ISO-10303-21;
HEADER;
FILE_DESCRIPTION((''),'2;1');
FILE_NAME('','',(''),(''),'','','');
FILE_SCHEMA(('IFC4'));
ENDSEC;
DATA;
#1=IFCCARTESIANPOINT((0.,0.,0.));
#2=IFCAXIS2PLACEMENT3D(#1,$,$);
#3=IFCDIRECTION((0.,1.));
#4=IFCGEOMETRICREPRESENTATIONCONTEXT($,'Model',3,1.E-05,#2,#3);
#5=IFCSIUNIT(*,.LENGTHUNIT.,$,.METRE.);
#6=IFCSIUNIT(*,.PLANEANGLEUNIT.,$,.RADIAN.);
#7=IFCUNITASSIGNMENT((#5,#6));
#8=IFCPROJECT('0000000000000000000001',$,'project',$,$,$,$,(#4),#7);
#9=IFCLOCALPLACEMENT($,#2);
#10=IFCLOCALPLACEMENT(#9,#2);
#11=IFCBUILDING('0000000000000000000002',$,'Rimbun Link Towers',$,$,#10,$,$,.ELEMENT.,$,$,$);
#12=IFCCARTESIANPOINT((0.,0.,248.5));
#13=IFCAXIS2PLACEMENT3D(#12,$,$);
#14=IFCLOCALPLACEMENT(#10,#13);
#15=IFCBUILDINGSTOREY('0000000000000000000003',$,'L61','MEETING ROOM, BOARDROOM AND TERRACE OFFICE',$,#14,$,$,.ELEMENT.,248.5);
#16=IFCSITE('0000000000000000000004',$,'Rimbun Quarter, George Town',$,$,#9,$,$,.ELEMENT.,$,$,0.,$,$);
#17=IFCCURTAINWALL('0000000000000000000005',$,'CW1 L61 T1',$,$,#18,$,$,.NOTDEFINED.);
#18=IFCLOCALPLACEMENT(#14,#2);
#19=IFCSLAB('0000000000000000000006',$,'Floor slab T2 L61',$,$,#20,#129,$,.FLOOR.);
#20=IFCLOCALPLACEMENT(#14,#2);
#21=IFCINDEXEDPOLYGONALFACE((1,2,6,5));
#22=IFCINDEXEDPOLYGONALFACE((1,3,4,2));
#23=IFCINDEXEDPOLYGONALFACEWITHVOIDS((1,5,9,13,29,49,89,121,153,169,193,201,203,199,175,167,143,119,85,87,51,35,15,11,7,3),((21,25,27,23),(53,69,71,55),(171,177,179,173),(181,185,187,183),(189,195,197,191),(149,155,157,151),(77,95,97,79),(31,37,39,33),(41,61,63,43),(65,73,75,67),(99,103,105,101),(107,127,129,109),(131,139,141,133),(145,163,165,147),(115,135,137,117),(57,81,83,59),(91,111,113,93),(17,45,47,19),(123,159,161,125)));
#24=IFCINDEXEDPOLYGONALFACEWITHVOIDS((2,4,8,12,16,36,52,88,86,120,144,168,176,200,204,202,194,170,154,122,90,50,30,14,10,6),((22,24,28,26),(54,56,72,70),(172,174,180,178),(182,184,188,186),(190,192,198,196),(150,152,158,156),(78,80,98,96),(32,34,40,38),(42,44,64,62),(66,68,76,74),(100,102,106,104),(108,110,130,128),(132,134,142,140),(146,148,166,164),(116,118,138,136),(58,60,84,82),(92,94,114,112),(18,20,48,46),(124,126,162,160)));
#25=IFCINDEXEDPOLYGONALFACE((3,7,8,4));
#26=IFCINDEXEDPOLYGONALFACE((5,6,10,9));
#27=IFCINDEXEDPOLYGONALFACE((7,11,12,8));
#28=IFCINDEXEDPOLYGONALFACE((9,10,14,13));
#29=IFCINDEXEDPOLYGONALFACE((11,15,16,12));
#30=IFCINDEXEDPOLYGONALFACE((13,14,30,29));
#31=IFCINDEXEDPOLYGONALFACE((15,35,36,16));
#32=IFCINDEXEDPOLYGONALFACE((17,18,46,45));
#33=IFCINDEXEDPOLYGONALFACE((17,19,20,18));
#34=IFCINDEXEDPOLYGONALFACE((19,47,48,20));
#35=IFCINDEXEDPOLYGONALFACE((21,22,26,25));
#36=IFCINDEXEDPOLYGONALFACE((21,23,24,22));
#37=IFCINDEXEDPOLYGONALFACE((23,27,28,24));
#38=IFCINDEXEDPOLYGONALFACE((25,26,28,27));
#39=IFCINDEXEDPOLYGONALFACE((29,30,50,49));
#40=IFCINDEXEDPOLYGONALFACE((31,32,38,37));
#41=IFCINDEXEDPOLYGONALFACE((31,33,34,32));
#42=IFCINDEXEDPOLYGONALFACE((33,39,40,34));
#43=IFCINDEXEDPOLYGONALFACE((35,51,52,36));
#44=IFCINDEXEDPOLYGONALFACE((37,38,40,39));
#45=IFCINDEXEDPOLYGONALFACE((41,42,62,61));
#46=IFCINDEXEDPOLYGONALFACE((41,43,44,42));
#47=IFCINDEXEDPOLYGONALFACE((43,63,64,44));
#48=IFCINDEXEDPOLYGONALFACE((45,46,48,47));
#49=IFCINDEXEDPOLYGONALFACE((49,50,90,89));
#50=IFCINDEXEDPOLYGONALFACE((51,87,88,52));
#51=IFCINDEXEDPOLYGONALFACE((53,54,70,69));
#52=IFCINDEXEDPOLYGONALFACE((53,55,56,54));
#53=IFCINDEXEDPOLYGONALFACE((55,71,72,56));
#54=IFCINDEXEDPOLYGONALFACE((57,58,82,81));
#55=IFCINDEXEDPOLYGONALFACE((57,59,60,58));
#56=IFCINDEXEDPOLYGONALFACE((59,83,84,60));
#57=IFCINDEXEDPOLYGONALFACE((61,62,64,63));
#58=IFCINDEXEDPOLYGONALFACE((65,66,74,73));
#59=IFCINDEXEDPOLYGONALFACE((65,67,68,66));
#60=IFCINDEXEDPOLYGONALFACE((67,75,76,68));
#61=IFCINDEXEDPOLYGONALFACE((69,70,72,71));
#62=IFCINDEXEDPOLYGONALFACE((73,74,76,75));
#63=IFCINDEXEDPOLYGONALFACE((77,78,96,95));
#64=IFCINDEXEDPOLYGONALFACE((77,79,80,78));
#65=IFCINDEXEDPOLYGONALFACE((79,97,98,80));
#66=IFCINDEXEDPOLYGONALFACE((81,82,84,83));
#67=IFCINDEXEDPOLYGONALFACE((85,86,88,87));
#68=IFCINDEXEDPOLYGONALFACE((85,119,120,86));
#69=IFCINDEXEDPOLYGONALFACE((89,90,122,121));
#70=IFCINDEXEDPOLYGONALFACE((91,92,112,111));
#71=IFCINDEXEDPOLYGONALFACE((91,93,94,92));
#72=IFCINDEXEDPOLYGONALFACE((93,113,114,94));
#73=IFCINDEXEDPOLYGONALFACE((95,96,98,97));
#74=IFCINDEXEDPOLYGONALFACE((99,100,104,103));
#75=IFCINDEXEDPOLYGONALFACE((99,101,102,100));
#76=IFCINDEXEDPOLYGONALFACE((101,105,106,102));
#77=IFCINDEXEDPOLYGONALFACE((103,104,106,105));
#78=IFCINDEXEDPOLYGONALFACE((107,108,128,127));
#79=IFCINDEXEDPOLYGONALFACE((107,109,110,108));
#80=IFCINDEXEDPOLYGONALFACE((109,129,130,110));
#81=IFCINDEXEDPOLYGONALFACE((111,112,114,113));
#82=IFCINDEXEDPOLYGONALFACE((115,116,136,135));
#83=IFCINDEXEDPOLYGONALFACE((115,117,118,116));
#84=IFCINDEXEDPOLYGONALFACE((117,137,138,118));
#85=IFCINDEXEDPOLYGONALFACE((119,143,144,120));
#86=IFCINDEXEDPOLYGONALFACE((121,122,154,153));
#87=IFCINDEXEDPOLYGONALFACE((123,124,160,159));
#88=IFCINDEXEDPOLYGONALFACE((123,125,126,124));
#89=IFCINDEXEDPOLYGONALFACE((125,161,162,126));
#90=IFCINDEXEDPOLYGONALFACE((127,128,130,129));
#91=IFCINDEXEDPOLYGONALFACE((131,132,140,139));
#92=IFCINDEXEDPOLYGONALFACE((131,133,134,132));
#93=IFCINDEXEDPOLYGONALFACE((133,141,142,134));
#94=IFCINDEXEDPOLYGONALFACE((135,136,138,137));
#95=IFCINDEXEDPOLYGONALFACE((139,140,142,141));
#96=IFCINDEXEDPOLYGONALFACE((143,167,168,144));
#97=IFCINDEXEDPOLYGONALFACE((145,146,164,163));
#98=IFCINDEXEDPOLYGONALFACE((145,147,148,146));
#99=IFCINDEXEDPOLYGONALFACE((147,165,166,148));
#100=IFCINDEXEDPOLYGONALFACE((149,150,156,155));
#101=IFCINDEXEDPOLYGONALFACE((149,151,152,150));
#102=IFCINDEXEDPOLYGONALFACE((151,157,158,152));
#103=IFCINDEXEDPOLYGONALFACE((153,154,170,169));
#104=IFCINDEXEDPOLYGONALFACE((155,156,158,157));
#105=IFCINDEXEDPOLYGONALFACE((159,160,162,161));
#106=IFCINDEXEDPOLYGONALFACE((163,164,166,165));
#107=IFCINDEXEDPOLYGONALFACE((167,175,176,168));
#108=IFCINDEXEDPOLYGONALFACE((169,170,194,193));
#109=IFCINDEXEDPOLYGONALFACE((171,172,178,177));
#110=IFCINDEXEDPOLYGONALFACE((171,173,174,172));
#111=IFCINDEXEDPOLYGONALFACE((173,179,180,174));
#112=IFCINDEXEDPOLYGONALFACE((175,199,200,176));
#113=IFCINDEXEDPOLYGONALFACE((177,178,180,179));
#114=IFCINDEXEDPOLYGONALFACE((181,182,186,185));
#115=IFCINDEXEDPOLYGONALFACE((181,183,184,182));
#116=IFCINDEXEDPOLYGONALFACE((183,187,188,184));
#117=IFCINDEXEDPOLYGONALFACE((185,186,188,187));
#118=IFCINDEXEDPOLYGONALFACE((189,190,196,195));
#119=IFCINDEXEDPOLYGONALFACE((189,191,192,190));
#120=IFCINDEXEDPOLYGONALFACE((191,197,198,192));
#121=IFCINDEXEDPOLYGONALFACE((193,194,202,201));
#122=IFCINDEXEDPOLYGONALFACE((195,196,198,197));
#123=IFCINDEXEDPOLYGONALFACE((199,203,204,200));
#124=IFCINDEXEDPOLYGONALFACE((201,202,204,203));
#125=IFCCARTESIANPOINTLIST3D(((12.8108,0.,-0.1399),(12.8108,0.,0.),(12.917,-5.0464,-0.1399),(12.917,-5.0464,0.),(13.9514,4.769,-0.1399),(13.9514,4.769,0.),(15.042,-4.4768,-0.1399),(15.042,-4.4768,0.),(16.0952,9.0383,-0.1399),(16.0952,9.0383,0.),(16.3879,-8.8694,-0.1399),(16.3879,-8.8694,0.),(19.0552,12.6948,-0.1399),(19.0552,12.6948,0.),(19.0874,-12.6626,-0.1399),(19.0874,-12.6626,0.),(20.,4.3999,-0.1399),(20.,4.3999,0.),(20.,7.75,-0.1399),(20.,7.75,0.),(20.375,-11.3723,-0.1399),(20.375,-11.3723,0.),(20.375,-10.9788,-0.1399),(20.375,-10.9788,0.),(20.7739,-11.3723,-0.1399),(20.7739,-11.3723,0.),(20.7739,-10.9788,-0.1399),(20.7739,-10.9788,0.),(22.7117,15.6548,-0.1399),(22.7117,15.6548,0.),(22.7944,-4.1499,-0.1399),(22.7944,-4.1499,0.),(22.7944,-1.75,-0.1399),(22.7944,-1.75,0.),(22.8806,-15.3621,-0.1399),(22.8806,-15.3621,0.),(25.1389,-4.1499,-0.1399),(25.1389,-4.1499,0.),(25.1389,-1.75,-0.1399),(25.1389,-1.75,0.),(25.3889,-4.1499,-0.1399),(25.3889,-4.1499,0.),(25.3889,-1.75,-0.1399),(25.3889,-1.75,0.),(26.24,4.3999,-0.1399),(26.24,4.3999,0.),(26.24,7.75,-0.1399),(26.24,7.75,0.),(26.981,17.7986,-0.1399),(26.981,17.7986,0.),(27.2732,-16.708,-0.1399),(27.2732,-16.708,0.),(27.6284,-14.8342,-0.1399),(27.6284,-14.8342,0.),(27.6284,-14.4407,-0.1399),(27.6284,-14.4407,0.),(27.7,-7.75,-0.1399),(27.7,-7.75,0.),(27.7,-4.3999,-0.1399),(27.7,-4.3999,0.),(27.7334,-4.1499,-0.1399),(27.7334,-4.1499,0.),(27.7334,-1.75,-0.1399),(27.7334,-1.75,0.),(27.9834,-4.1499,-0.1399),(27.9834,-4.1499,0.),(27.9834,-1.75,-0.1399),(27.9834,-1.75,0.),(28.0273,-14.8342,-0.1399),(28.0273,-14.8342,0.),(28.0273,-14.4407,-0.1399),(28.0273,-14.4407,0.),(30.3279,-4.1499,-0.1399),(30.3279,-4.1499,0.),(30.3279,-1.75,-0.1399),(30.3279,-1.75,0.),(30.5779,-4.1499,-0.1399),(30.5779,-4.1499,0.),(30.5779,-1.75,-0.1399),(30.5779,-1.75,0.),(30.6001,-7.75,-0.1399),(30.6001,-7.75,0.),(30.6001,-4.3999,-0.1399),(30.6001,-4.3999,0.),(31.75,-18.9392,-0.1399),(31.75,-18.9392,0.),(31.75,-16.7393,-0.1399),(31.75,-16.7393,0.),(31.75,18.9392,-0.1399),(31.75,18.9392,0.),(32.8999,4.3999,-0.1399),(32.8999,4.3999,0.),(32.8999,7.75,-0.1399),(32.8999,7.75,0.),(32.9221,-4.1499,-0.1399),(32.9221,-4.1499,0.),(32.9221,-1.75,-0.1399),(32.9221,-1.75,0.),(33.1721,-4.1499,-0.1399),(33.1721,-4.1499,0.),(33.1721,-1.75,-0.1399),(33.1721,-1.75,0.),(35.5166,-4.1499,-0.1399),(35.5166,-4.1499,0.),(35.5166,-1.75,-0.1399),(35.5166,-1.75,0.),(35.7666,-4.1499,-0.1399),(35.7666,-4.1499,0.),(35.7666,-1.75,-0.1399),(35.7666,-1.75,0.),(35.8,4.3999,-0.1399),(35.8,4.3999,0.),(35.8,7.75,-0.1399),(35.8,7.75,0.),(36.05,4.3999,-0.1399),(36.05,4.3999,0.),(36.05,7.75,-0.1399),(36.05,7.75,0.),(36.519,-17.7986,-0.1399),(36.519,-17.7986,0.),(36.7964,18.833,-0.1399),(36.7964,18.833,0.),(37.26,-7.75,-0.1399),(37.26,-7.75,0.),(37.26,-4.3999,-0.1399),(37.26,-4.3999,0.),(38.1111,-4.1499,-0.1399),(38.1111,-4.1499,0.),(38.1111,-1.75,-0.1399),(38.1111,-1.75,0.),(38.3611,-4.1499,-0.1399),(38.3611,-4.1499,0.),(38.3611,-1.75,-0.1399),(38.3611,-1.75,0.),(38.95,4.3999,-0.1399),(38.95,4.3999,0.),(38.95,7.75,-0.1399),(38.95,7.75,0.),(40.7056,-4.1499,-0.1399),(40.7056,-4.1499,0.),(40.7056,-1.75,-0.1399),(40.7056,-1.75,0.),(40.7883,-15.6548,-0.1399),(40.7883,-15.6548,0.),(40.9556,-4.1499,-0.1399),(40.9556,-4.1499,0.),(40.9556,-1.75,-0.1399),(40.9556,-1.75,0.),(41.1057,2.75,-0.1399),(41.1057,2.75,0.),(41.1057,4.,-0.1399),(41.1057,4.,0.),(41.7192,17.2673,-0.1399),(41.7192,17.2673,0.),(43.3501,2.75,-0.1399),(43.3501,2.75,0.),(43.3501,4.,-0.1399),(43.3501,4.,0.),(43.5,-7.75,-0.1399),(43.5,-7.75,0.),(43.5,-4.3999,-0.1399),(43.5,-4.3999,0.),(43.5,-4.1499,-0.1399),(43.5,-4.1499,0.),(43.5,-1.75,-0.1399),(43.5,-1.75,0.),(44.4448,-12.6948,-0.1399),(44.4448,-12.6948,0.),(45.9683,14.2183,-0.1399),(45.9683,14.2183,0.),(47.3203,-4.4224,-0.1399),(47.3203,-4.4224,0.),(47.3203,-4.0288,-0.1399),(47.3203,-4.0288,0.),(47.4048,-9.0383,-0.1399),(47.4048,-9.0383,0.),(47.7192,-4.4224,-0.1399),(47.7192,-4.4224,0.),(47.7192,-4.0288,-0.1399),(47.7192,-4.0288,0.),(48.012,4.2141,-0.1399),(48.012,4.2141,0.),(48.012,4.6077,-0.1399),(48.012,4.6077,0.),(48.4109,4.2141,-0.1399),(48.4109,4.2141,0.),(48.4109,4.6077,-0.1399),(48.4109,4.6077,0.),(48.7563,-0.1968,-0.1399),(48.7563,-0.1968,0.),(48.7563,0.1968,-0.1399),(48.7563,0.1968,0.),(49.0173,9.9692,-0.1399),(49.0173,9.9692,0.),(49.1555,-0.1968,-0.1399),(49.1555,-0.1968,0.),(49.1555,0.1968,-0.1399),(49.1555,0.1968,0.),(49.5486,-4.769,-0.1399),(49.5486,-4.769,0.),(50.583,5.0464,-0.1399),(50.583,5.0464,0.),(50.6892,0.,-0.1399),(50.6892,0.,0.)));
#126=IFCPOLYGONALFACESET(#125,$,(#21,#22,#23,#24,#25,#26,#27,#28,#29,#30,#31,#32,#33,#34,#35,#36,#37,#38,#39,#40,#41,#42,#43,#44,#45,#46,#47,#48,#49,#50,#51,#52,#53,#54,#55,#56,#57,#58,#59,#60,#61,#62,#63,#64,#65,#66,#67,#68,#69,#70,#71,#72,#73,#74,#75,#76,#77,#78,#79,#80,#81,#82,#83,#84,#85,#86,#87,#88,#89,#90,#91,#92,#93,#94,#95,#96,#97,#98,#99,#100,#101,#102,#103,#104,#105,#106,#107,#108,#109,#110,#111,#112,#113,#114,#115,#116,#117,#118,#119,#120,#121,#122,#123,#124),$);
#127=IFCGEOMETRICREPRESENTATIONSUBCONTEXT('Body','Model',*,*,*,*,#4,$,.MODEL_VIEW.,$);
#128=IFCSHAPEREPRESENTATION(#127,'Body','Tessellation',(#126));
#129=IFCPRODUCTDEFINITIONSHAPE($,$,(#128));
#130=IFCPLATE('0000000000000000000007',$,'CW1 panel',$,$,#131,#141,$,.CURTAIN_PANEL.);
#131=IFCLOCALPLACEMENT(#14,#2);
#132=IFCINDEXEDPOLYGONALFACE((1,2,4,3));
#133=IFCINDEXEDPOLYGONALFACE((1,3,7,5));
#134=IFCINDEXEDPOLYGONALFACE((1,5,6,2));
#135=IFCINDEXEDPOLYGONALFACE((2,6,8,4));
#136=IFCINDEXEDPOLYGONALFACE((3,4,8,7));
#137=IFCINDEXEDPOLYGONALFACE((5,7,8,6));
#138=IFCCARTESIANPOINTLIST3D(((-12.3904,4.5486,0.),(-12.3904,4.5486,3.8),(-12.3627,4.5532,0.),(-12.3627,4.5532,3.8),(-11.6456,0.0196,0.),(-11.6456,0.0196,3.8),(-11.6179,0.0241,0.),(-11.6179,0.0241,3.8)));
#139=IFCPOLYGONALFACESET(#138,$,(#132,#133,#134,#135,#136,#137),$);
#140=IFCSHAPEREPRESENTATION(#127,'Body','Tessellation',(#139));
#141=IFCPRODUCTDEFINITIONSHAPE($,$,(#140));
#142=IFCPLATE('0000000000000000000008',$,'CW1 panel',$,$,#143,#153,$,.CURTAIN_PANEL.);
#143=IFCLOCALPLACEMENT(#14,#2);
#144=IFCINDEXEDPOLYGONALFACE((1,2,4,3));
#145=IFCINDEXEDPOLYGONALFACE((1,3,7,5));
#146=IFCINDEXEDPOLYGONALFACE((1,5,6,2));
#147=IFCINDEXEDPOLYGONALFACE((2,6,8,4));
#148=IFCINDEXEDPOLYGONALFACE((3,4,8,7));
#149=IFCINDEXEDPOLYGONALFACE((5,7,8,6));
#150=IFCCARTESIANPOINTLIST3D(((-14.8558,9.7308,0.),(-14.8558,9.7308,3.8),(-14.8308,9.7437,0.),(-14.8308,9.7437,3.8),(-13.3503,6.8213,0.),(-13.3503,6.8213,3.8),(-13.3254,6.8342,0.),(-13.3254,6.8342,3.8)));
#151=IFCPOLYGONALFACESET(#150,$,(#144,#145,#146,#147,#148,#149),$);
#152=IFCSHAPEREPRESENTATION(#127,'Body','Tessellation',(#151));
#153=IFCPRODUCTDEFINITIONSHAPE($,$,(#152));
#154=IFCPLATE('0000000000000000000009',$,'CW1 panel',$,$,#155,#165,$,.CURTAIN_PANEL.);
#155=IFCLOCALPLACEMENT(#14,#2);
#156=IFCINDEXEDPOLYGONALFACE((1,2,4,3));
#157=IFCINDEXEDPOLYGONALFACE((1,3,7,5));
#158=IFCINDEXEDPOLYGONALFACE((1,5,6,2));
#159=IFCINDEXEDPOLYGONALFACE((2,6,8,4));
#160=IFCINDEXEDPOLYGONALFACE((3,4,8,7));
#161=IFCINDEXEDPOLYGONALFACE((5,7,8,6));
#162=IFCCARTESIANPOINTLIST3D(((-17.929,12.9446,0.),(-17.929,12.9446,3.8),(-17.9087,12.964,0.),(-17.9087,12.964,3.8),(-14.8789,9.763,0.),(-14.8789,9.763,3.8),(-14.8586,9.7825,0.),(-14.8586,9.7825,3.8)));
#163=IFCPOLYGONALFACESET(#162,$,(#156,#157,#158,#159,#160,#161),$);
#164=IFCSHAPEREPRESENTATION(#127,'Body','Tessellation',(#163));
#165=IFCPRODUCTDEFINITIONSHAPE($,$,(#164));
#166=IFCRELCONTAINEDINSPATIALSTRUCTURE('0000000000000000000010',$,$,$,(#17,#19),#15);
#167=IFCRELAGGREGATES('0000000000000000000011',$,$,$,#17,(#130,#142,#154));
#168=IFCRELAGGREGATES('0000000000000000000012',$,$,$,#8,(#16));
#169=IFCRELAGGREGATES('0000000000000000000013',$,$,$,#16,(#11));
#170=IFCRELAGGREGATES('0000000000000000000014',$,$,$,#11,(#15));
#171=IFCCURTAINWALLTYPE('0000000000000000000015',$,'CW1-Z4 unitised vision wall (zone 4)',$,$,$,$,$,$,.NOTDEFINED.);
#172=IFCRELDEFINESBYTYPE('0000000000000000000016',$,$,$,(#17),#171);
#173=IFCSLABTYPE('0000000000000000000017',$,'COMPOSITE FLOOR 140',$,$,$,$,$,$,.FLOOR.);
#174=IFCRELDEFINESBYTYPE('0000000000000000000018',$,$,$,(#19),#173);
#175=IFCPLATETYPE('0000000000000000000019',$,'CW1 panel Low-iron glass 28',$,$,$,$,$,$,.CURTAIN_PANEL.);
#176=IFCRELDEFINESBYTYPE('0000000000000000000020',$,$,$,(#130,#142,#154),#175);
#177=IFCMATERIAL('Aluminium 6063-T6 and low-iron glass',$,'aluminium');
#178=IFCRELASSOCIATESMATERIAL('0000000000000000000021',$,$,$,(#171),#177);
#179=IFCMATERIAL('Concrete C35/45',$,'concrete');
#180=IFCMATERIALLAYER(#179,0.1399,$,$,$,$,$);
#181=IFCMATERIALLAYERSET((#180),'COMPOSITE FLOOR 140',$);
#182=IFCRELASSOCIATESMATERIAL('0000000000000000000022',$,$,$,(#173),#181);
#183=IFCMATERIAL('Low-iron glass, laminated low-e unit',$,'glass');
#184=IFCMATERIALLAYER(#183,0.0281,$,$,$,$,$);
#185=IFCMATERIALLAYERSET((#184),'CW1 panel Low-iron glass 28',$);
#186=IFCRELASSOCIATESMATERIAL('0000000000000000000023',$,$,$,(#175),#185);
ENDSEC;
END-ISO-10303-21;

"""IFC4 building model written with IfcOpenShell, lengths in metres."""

from ifc_helpers import new_model, si_unit, direction, frame, origin, origin_2d, place, context, subcontext, project, spatial, polyline, rectangle, outline, extrude, material, layer, layer_set, type_object, element, aggregate, save


model = new_model("IFC4")

# Units and contexts
model_context = context("Model", 3, precision=1e-05, world=origin(), true_north=direction((0.0, 1.0)))
body_context = subcontext(model_context, "Body", "Model", "MODEL_VIEW")
ifc_project = project(units=[si_unit("LENGTHUNIT", "METRE"), si_unit("PLANEANGLEUNIT", "RADIAN")], contexts=[model_context])

# Site, building, storey
site_placement = place(None, origin())
site = spatial("IfcSite", under=ifc_project, at=site_placement, Name="Rimbun Quarter, George Town", CompositionType="ELEMENT", RefElevation=0.0)
building_placement = place(site_placement, origin())
building = spatial("IfcBuilding", under=site, at=building_placement, Name="Rimbun Link Towers", CompositionType="ELEMENT")
storey_placement = place(building_placement, frame((0.0, 0.0, 248.5)))
storey = spatial("IfcBuildingStorey", under=building, at=storey_placement, Name="L61", Description="MEETING ROOM, BOARDROOM AND TERRACE OFFICE", CompositionType="ELEMENT", Elevation=248.5)

# Curtain wall
ifc_material_1 = material(Name="Aluminium 6063-T6 and low-iron glass", Category="aluminium")
curtain_wall_type = type_object("IfcCurtainWallType", Name="CW1-Z4 unitised vision wall (zone 4)", PredefinedType="NOTDEFINED", material=ifc_material_1)
curtain_wall_placement = place(storey_placement, origin())
curtain_wall = element("IfcCurtainWall", 1, at=curtain_wall_placement, inside=storey, type_object=curtain_wall_type, Name="CW1 L61 T1", PredefinedType="NOTDEFINED")

# Slab
ifc_material_2 = material(Name="Concrete C35/45", Category="concrete")
ifc_layer_1 = layer(ifc_material_2, 0.1399)
ifc_layer_set_1 = layer_set([ifc_layer_1], Name="COMPOSITE FLOOR 140")
slab_type = type_object("IfcSlabType", Name="COMPOSITE FLOOR 140", PredefinedType="FLOOR", material=ifc_layer_set_1)
slab_placement = place(storey_placement, frame((0.0, 0.0, -0.1399)))
element("IfcSlab", 2, at=slab_placement, inside=storey, type_object=slab_type, Name="Floor slab T2 L61", PredefinedType="FLOOR", context=body_context, shape_type="SweptSolid", body=[
    extrude(outline(polyline([(12.8108, 0.0), (13.9514, 4.769), (16.0952, 9.0383), (19.0552, 12.6948), (22.7117, 15.6548), (26.981, 17.7986), (31.75, 18.9392), (36.7964, 18.833), (41.7192, 17.2673), (45.9683, 14.2183), (49.0173, 9.9692), (50.583, 5.0464), (50.6892, 0.0), (49.5486, -4.769), (47.4048, -9.0383), (44.4448, -12.6948), (40.7883, -15.6548), (36.519, -17.7986), (31.75, -18.9392), (31.75, -16.7393), (27.2732, -16.708), (22.8806, -15.3621), (19.0874, -12.6626), (16.3879, -8.8694), (15.042, -4.4768), (12.917, -5.0464), (12.8108, 0.0)]), holes=[polyline([(28.0273, -14.8342), (28.0273, -14.4407), (27.6284, -14.4407), (27.6284, -14.8342), (28.0273, -14.8342)]), polyline([(20.7739, -11.3723), (20.7739, -10.9788), (20.375, -10.9788), (20.375, -11.3723), (20.7739, -11.3723)]), polyline([(30.6001, -7.75), (30.6001, -4.3999), (27.7, -4.3999), (27.7, -7.75), (30.6001, -7.75)]), polyline([(25.1389, -4.1499), (25.1389, -1.75), (22.7944, -1.75), (22.7944, -4.1499), (25.1389, -4.1499)]), polyline([(27.7334, -4.1499), (27.7334, -1.75), (25.3889, -1.75), (25.3889, -4.1499), (27.7334, -4.1499)]), polyline([(30.3279, -4.1499), (30.3279, -1.75), (27.9834, -1.75), (27.9834, -4.1499), (30.3279, -4.1499)]), polyline([(32.9221, -4.1499), (32.9221, -1.75), (30.5779, -1.75), (30.5779, -4.1499), (32.9221, -4.1499)]), polyline([(33.1721, -4.1499), (35.5166, -4.1499), (35.5166, -1.75), (33.1721, -1.75), (33.1721, -4.1499)]), polyline([(20.0, 4.3999), (26.24, 4.3999), (26.24, 7.75), (20.0, 7.75), (20.0, 4.3999)]), polyline([(35.8, 4.3999), (35.8, 7.75), (32.8999, 7.75), (32.8999, 4.3999), (35.8, 4.3999)]), polyline([(43.5, -7.75), (43.5, -4.3999), (37.26, -4.3999), (37.26, -7.75), (43.5, -7.75)]), polyline([(47.7192, -4.4224), (47.7192, -4.0288), (47.3203, -4.0288), (47.3203, -4.4224), (47.7192, -4.4224)]), polyline([(35.7666, -4.1499), (38.1111, -4.1499), (38.1111, -1.75), (35.7666, -1.75), (35.7666, -4.1499)]), polyline([(38.3611, -4.1499), (40.7056, -4.1499), (40.7056, -1.75), (38.3611, -1.75), (38.3611, -4.1499)]), polyline([(43.5, -4.1499), (43.5, -1.75), (40.9556, -1.75), (40.9556, -4.1499), (43.5, -4.1499)]), polyline([(49.1555, -0.1968), (49.1555, 0.1968), (48.7563, 0.1968), (48.7563, -0.1968), (49.1555, -0.1968)]), polyline([(41.1057, 2.75), (43.3501, 2.75), (43.3501, 4.0), (41.1057, 4.0), (41.1057, 2.75)]), polyline([(48.012, 4.2141), (48.4109, 4.2141), (48.4109, 4.6077), (48.012, 4.6077), (48.012, 4.2141)]), polyline([(36.05, 4.3999), (38.95, 4.3999), (38.95, 7.75), (36.05, 7.75), (36.05, 4.3999)])]), origin(), (0.0, 0.0, 1.0), 0.1399),
])

# Plates
ifc_material_3 = material(Name="Low-iron glass, laminated low-e unit", Category="glass")
ifc_layer_2 = layer(ifc_material_3, 0.0281)
ifc_layer_set_2 = layer_set([ifc_layer_2], Name="CW1 panel Low-iron glass 28")
plate_type = type_object("IfcPlateType", Name="CW1 panel Low-iron glass 28", PredefinedType="CURTAIN_PANEL", material=ifc_layer_set_2)
plate_1_placement = place(storey_placement, frame((-12.0042, 2.2864, 0.0), z_axis=(0.0, 0.0, 1.0), x_axis=(0.162262, -0.986748, 0.0)))
plate_1 = element("IfcPlate", 3, at=plate_1_placement, type_object=plate_type, Name="CW1 panel", PredefinedType="CURTAIN_PANEL", context=body_context, shape_type="SweptSolid", body=[
    extrude(rectangle(XDim=4.5898, YDim=0.0281, at=origin_2d()), origin(), (0.0, 0.0, 1.0), 3.8),
])
plate_2_placement = place(storey_placement, frame((-14.0906, 8.2825, 0.0), z_axis=(0.0, 0.0, 1.0), x_axis=(0.459552, -0.888151, 0.0)))
plate_2 = element("IfcPlate", 4, at=plate_2_placement, type_object=plate_type, Name="CW1 panel", PredefinedType="CURTAIN_PANEL", context=body_context, shape_type="SweptSolid", body=[
    extrude(rectangle(XDim=3.2759, YDim=0.0281, at=origin_2d()), origin(), (0.0, 0.0, 1.0), 3.8),
])
plate_3_placement = place(storey_placement, frame((-16.3938, 11.3635, 0.0), z_axis=(0.0, 0.0, 1.0), x_axis=(0.692041, -0.721858, 0.0)))
plate_3 = element("IfcPlate", 5, at=plate_3_placement, type_object=plate_type, Name="CW1 panel", PredefinedType="CURTAIN_PANEL", context=body_context, shape_type="SweptSolid", body=[
    extrude(rectangle(XDim=4.4075, YDim=0.0281, at=origin_2d()), origin(), (0.0, 0.0, 1.0), 3.8),
])
aggregate(curtain_wall, [plate_1, plate_2, plate_3])

save(model, "model.ifc")
